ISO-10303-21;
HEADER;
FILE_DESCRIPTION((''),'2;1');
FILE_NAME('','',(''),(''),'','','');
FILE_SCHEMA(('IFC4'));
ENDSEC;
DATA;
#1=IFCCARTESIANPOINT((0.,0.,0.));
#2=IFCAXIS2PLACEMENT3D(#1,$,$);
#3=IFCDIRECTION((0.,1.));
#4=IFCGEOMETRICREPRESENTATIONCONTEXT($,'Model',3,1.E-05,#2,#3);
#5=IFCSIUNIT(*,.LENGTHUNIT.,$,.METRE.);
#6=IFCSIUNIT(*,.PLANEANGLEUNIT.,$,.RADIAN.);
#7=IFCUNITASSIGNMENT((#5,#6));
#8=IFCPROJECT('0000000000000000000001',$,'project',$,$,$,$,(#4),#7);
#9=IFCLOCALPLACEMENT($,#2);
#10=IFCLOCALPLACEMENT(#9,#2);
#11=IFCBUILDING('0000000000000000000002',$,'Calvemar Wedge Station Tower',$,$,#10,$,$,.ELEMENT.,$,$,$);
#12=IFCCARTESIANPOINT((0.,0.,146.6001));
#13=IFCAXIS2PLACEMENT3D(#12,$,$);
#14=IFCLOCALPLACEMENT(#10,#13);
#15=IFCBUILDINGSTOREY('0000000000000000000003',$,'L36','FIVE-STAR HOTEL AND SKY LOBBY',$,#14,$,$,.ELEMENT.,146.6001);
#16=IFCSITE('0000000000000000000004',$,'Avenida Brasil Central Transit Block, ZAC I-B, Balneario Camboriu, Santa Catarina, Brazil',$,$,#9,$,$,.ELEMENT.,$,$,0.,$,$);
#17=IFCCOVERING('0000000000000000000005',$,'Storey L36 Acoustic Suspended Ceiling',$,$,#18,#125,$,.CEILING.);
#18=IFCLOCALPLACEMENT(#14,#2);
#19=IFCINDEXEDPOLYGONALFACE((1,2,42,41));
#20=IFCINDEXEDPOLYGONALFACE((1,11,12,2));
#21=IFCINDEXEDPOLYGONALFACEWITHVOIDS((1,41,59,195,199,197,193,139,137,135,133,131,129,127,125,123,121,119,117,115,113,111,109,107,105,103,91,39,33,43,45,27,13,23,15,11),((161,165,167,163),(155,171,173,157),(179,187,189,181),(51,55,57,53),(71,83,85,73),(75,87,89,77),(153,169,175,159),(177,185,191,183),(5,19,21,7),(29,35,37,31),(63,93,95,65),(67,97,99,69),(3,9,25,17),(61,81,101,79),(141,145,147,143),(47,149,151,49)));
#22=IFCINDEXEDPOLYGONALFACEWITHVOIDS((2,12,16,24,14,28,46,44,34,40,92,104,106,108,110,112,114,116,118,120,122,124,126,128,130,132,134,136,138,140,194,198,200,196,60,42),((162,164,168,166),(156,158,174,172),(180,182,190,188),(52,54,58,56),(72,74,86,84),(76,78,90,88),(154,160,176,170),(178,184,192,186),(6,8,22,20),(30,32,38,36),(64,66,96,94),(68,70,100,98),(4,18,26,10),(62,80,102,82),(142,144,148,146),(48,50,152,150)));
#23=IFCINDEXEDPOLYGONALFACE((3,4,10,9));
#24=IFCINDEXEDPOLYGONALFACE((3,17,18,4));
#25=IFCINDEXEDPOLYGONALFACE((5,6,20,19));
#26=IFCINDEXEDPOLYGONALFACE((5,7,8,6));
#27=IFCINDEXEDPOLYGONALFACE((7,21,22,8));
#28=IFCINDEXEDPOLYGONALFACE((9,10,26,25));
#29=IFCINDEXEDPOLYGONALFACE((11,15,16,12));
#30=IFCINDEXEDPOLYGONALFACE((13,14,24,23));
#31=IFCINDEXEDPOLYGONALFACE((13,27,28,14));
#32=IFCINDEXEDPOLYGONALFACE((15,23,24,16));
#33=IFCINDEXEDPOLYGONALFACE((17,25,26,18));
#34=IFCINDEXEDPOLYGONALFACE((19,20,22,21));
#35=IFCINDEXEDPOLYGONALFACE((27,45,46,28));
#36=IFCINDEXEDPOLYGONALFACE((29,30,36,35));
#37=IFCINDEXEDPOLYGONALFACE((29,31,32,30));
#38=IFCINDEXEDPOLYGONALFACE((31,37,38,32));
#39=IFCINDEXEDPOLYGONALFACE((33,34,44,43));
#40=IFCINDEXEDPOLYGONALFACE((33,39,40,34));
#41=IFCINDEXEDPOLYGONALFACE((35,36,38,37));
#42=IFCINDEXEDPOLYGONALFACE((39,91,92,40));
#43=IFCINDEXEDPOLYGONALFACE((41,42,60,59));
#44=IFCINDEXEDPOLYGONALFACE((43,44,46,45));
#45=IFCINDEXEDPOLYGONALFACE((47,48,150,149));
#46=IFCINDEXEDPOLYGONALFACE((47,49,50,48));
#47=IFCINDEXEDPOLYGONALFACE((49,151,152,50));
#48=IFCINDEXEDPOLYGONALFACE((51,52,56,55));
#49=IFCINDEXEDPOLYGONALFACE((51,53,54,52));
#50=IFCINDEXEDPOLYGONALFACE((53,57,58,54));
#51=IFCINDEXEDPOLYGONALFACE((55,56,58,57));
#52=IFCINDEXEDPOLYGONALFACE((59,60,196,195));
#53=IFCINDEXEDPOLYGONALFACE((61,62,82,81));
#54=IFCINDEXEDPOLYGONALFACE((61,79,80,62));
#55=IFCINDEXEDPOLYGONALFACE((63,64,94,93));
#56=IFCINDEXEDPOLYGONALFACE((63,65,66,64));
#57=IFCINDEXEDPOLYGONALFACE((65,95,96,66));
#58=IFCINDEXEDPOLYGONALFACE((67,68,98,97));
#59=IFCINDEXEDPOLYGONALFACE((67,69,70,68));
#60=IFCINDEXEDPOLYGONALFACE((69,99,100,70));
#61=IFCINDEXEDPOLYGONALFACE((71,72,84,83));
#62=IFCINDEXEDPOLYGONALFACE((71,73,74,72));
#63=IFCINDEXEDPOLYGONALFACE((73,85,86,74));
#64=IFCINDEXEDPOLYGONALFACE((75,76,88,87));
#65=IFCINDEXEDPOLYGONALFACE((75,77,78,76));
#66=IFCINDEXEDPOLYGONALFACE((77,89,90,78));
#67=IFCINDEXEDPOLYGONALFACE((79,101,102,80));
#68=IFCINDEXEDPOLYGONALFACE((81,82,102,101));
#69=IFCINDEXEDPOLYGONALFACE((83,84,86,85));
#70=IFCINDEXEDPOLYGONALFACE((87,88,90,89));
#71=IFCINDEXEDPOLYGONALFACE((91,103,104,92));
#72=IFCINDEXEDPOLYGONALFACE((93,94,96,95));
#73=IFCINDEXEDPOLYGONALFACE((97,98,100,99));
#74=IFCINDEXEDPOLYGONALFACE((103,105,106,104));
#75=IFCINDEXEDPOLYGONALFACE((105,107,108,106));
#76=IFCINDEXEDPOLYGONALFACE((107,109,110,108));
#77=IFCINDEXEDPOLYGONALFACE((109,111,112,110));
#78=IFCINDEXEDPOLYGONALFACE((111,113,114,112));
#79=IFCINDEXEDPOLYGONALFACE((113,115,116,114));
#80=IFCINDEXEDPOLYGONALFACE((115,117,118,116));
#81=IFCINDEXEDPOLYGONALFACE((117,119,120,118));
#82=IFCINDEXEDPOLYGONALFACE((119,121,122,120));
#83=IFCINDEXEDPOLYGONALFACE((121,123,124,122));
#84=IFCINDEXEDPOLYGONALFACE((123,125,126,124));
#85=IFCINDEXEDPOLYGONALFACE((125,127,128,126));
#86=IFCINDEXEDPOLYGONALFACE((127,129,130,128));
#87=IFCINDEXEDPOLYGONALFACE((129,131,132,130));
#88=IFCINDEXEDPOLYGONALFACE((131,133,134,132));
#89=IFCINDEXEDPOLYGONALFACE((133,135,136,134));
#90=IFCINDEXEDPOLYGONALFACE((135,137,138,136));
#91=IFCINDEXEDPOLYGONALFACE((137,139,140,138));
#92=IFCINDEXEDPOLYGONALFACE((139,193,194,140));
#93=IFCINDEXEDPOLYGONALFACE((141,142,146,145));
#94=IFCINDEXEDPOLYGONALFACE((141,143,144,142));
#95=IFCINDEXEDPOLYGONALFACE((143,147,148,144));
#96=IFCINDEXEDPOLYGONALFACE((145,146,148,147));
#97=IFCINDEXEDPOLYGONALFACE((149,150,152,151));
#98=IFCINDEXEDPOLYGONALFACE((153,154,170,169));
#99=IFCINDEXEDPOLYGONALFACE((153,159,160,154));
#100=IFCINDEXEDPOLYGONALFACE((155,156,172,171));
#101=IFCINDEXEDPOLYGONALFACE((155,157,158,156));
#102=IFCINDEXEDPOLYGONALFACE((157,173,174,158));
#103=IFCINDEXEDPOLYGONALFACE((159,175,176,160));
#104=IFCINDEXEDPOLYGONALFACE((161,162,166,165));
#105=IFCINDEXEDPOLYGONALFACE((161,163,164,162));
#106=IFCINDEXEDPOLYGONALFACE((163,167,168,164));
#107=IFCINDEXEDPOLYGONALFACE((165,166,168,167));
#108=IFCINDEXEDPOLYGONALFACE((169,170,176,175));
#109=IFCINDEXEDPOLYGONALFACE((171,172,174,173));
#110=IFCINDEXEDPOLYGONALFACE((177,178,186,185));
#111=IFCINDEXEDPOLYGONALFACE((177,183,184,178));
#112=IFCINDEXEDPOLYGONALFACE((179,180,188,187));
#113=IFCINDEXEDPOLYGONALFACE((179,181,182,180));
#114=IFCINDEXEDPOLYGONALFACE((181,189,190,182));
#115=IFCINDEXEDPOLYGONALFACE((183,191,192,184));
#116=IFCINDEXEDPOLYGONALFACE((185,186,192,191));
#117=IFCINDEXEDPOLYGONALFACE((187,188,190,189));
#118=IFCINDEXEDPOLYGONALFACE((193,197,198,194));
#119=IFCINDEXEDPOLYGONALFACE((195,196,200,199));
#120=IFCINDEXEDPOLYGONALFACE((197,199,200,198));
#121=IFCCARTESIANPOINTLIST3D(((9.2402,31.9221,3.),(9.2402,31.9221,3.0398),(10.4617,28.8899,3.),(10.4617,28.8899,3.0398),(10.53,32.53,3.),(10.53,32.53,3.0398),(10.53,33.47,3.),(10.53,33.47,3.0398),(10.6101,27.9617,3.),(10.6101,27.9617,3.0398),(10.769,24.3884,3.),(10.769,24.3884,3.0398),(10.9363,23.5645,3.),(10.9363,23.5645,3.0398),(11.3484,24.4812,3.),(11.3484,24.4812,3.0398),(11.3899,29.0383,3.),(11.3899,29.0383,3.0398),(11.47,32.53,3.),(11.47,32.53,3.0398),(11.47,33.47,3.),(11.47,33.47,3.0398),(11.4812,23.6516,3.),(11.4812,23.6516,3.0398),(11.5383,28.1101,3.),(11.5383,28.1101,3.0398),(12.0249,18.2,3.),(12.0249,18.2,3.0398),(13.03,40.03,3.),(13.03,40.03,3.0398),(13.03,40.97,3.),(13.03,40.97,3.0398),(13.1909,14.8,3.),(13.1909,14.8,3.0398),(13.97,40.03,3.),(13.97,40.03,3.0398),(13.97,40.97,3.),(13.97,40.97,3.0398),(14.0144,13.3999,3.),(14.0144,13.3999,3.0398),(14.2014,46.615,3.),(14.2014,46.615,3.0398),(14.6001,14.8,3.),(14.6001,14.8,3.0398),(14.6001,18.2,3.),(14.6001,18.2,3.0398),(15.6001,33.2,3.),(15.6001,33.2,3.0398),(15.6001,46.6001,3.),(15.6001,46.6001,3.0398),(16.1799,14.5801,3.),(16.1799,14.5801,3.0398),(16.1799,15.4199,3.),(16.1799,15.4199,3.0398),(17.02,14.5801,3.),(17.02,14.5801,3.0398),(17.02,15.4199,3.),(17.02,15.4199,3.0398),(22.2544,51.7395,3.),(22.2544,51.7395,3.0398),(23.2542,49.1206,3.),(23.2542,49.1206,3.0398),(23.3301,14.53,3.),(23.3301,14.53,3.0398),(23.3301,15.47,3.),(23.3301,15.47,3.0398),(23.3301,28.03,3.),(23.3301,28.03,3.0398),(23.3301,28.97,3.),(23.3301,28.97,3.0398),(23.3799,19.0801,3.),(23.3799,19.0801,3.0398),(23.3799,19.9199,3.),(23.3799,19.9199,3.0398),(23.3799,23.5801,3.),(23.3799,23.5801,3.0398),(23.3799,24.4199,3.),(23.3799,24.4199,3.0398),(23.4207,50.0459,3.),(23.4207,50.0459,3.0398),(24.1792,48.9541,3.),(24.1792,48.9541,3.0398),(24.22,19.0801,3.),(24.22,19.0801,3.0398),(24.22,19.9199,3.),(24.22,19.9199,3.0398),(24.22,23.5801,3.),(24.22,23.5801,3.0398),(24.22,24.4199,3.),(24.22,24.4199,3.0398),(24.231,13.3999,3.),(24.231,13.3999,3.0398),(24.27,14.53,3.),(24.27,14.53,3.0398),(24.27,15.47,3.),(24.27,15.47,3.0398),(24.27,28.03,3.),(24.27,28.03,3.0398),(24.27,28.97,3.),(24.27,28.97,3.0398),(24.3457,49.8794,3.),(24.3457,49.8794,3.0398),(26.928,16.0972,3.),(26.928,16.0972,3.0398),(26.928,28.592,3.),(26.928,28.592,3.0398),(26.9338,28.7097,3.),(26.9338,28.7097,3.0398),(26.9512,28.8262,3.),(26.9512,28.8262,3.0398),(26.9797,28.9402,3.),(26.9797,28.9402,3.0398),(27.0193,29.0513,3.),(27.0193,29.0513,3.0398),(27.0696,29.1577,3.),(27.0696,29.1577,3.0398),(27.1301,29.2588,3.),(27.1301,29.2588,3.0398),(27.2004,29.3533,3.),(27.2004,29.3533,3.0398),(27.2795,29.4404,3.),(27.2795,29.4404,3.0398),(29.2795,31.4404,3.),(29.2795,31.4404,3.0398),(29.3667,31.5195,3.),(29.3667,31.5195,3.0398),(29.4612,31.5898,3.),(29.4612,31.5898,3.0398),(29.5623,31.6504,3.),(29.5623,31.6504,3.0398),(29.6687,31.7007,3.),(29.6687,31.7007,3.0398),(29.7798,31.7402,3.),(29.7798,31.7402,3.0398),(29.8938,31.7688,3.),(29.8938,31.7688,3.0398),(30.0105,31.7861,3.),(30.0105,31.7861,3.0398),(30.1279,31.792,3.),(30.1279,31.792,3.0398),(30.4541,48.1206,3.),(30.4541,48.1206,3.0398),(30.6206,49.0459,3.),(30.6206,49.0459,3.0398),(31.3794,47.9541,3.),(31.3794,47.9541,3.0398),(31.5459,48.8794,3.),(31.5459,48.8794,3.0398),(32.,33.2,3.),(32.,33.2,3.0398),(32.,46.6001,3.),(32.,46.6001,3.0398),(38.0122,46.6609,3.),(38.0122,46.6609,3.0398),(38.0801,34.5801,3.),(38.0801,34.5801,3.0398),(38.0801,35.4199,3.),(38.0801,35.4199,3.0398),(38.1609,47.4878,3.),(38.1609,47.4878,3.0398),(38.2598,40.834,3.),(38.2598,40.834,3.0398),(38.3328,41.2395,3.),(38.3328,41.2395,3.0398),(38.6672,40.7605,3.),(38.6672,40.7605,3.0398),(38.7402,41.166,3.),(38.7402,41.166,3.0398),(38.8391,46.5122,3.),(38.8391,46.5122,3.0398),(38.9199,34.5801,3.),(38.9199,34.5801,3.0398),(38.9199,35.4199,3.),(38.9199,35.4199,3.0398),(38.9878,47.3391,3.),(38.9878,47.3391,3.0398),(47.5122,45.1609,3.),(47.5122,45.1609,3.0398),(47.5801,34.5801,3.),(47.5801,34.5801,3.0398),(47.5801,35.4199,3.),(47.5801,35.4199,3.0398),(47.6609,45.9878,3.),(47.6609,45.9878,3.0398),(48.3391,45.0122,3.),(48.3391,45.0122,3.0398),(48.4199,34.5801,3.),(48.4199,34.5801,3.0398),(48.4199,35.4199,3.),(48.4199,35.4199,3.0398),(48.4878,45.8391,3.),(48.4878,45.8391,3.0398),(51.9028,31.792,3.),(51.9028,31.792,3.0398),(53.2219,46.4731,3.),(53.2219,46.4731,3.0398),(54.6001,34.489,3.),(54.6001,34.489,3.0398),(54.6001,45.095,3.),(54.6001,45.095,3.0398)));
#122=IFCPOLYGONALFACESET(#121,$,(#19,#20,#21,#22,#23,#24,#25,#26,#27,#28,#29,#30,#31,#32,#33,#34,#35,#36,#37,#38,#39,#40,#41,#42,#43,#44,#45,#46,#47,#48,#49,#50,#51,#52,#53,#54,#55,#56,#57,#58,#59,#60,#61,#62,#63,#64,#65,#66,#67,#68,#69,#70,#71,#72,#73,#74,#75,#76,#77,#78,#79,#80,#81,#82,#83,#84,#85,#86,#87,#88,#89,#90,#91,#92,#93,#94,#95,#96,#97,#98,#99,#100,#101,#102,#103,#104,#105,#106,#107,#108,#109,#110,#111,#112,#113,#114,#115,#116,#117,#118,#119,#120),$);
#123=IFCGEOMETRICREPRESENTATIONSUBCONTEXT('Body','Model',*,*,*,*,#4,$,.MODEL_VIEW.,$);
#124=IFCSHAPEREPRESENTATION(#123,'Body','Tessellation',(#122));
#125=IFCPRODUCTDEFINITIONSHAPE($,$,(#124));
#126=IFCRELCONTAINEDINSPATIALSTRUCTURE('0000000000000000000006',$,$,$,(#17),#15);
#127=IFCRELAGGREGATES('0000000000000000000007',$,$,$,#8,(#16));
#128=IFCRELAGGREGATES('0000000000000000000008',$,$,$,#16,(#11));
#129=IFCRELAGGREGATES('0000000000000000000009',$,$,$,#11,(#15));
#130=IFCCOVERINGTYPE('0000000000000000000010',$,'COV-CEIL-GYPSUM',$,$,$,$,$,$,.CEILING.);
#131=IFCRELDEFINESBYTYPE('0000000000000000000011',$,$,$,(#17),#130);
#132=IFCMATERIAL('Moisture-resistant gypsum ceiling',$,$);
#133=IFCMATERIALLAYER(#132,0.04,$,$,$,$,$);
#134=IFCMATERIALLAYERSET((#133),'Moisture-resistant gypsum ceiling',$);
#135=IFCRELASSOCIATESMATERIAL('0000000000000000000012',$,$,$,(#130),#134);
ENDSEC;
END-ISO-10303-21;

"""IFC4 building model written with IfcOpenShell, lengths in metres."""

from ifc_helpers import new_model, si_unit, direction, frame, origin, place, context, subcontext, project, spatial, polyline, outline, extrude, material, layer, layer_set, type_object, element, save


model = new_model("IFC4")

# Units and contexts
model_context = context("Model", 3, precision=1e-05, world=origin(), true_north=direction((0.0, 1.0)))
body_context = subcontext(model_context, "Body", "Model", "MODEL_VIEW")
ifc_project = project(units=[si_unit("LENGTHUNIT", "METRE"), si_unit("PLANEANGLEUNIT", "RADIAN")], contexts=[model_context])

# Site, building, storey
site_placement = place(None, origin())
site = spatial("IfcSite", under=ifc_project, at=site_placement, Name="Avenida Brasil Central Transit Block, ZAC I-B, Balneario Camboriu, Santa Catarina, Brazil", CompositionType="ELEMENT", RefElevation=0.0)
building_placement = place(site_placement, origin())
building = spatial("IfcBuilding", under=site, at=building_placement, Name="Calvemar Wedge Station Tower", CompositionType="ELEMENT")
storey_placement = place(building_placement, frame((0.0, 0.0, 146.6001)))
storey = spatial("IfcBuildingStorey", under=building, at=storey_placement, Name="L36", Description="FIVE-STAR HOTEL AND SKY LOBBY", CompositionType="ELEMENT", Elevation=146.6001)

# Covering
ifc_material_1 = material(Name="Moisture-resistant gypsum ceiling")
ifc_layer_1 = layer(ifc_material_1, 0.04)
ifc_layer_set_1 = layer_set([ifc_layer_1], Name="Moisture-resistant gypsum ceiling")
covering_type_1 = type_object("IfcCoveringType", Name="COV-CEIL-GYPSUM", PredefinedType="CEILING", material=ifc_layer_set_1)
covering_1_placement = place(storey_placement, frame((0.0, 0.0, 3.0)))
element("IfcCovering", 1, at=covering_1_placement, inside=storey, type_object=covering_type_1, Name="Storey L36 Acoustic Suspended Ceiling", PredefinedType="CEILING", context=body_context, shape_type="SweptSolid", body=[
    extrude(outline(polyline([(27.2795, 29.4404), (29.2795, 31.4404), (29.3667, 31.5195), (29.4612, 31.5898), (29.5623, 31.6504), (29.6687, 31.7007), (29.7798, 31.7402), (29.8938, 31.7688), (30.0105, 31.7861), (30.1279, 31.792), (51.9028, 31.792), (54.6001, 34.489), (54.6001, 45.095), (53.2219, 46.4731), (22.2544, 51.7395), (14.2014, 46.615), (9.2402, 31.9221), (10.769, 24.3884), (11.3484, 24.4812), (11.4812, 23.6516), (10.9363, 23.5645), (12.0249, 18.2), (14.6001, 18.2), (14.6001, 14.8), (13.1909, 14.8), (14.0144, 13.3999), (24.231, 13.3999), (26.928, 16.0972), (26.928, 28.592), (26.9338, 28.7097), (26.9512, 28.8262), (26.9797, 28.9402), (27.0193, 29.0513), (27.0696, 29.1577), (27.1301, 29.2588), (27.2004, 29.3533), (27.2795, 29.4404)]), holes=[polyline([(15.6001, 46.6001), (32.0, 46.6001), (32.0, 33.2), (15.6001, 33.2), (15.6001, 46.6001)]), polyline([(10.53, 32.53), (10.53, 33.47), (11.47, 33.47), (11.47, 32.53), (10.53, 32.53)]), polyline([(13.03, 40.97), (13.97, 40.97), (13.97, 40.03), (13.03, 40.03), (13.03, 40.97)]), polyline([(24.3457, 49.8794), (24.1792, 48.9541), (23.2542, 49.1206), (23.4207, 50.0459), (24.3457, 49.8794)]), polyline([(31.3794, 47.9541), (30.4541, 48.1206), (30.6206, 49.0459), (31.5459, 48.8794), (31.3794, 47.9541)]), polyline([(38.0122, 46.6609), (38.1609, 47.4878), (38.9878, 47.3391), (38.8391, 46.5122), (38.0122, 46.6609)]), polyline([(47.6609, 45.9878), (48.4878, 45.8391), (48.3391, 45.0122), (47.5122, 45.1609), (47.6609, 45.9878)]), polyline([(38.9199, 35.4199), (38.9199, 34.5801), (38.0801, 34.5801), (38.0801, 35.4199), (38.9199, 35.4199)]), polyline([(48.4199, 34.5801), (47.5801, 34.5801), (47.5801, 35.4199), (48.4199, 35.4199), (48.4199, 34.5801)]), polyline([(38.2598, 40.834), (38.3328, 41.2395), (38.7402, 41.166), (38.6672, 40.7605), (38.2598, 40.834)]), polyline([(11.3899, 29.0383), (11.5383, 28.1101), (10.6101, 27.9617), (10.4617, 28.8899), (11.3899, 29.0383)]), polyline([(24.27, 28.03), (23.3301, 28.03), (23.3301, 28.97), (24.27, 28.97), (24.27, 28.03)]), polyline([(23.3799, 23.5801), (23.3799, 24.4199), (24.22, 24.4199), (24.22, 23.5801), (23.3799, 23.5801)]), polyline([(23.3799, 19.9199), (24.22, 19.9199), (24.22, 19.0801), (23.3799, 19.0801), (23.3799, 19.9199)]), polyline([(24.27, 15.47), (24.27, 14.53), (23.3301, 14.53), (23.3301, 15.47), (24.27, 15.47)]), polyline([(17.02, 14.5801), (16.1799, 14.5801), (16.1799, 15.4199), (17.02, 15.4199), (17.02, 14.5801)])]), origin(), (0.0, 0.0, 1.0), 0.0398),
])

save(model, "model.ifc")
